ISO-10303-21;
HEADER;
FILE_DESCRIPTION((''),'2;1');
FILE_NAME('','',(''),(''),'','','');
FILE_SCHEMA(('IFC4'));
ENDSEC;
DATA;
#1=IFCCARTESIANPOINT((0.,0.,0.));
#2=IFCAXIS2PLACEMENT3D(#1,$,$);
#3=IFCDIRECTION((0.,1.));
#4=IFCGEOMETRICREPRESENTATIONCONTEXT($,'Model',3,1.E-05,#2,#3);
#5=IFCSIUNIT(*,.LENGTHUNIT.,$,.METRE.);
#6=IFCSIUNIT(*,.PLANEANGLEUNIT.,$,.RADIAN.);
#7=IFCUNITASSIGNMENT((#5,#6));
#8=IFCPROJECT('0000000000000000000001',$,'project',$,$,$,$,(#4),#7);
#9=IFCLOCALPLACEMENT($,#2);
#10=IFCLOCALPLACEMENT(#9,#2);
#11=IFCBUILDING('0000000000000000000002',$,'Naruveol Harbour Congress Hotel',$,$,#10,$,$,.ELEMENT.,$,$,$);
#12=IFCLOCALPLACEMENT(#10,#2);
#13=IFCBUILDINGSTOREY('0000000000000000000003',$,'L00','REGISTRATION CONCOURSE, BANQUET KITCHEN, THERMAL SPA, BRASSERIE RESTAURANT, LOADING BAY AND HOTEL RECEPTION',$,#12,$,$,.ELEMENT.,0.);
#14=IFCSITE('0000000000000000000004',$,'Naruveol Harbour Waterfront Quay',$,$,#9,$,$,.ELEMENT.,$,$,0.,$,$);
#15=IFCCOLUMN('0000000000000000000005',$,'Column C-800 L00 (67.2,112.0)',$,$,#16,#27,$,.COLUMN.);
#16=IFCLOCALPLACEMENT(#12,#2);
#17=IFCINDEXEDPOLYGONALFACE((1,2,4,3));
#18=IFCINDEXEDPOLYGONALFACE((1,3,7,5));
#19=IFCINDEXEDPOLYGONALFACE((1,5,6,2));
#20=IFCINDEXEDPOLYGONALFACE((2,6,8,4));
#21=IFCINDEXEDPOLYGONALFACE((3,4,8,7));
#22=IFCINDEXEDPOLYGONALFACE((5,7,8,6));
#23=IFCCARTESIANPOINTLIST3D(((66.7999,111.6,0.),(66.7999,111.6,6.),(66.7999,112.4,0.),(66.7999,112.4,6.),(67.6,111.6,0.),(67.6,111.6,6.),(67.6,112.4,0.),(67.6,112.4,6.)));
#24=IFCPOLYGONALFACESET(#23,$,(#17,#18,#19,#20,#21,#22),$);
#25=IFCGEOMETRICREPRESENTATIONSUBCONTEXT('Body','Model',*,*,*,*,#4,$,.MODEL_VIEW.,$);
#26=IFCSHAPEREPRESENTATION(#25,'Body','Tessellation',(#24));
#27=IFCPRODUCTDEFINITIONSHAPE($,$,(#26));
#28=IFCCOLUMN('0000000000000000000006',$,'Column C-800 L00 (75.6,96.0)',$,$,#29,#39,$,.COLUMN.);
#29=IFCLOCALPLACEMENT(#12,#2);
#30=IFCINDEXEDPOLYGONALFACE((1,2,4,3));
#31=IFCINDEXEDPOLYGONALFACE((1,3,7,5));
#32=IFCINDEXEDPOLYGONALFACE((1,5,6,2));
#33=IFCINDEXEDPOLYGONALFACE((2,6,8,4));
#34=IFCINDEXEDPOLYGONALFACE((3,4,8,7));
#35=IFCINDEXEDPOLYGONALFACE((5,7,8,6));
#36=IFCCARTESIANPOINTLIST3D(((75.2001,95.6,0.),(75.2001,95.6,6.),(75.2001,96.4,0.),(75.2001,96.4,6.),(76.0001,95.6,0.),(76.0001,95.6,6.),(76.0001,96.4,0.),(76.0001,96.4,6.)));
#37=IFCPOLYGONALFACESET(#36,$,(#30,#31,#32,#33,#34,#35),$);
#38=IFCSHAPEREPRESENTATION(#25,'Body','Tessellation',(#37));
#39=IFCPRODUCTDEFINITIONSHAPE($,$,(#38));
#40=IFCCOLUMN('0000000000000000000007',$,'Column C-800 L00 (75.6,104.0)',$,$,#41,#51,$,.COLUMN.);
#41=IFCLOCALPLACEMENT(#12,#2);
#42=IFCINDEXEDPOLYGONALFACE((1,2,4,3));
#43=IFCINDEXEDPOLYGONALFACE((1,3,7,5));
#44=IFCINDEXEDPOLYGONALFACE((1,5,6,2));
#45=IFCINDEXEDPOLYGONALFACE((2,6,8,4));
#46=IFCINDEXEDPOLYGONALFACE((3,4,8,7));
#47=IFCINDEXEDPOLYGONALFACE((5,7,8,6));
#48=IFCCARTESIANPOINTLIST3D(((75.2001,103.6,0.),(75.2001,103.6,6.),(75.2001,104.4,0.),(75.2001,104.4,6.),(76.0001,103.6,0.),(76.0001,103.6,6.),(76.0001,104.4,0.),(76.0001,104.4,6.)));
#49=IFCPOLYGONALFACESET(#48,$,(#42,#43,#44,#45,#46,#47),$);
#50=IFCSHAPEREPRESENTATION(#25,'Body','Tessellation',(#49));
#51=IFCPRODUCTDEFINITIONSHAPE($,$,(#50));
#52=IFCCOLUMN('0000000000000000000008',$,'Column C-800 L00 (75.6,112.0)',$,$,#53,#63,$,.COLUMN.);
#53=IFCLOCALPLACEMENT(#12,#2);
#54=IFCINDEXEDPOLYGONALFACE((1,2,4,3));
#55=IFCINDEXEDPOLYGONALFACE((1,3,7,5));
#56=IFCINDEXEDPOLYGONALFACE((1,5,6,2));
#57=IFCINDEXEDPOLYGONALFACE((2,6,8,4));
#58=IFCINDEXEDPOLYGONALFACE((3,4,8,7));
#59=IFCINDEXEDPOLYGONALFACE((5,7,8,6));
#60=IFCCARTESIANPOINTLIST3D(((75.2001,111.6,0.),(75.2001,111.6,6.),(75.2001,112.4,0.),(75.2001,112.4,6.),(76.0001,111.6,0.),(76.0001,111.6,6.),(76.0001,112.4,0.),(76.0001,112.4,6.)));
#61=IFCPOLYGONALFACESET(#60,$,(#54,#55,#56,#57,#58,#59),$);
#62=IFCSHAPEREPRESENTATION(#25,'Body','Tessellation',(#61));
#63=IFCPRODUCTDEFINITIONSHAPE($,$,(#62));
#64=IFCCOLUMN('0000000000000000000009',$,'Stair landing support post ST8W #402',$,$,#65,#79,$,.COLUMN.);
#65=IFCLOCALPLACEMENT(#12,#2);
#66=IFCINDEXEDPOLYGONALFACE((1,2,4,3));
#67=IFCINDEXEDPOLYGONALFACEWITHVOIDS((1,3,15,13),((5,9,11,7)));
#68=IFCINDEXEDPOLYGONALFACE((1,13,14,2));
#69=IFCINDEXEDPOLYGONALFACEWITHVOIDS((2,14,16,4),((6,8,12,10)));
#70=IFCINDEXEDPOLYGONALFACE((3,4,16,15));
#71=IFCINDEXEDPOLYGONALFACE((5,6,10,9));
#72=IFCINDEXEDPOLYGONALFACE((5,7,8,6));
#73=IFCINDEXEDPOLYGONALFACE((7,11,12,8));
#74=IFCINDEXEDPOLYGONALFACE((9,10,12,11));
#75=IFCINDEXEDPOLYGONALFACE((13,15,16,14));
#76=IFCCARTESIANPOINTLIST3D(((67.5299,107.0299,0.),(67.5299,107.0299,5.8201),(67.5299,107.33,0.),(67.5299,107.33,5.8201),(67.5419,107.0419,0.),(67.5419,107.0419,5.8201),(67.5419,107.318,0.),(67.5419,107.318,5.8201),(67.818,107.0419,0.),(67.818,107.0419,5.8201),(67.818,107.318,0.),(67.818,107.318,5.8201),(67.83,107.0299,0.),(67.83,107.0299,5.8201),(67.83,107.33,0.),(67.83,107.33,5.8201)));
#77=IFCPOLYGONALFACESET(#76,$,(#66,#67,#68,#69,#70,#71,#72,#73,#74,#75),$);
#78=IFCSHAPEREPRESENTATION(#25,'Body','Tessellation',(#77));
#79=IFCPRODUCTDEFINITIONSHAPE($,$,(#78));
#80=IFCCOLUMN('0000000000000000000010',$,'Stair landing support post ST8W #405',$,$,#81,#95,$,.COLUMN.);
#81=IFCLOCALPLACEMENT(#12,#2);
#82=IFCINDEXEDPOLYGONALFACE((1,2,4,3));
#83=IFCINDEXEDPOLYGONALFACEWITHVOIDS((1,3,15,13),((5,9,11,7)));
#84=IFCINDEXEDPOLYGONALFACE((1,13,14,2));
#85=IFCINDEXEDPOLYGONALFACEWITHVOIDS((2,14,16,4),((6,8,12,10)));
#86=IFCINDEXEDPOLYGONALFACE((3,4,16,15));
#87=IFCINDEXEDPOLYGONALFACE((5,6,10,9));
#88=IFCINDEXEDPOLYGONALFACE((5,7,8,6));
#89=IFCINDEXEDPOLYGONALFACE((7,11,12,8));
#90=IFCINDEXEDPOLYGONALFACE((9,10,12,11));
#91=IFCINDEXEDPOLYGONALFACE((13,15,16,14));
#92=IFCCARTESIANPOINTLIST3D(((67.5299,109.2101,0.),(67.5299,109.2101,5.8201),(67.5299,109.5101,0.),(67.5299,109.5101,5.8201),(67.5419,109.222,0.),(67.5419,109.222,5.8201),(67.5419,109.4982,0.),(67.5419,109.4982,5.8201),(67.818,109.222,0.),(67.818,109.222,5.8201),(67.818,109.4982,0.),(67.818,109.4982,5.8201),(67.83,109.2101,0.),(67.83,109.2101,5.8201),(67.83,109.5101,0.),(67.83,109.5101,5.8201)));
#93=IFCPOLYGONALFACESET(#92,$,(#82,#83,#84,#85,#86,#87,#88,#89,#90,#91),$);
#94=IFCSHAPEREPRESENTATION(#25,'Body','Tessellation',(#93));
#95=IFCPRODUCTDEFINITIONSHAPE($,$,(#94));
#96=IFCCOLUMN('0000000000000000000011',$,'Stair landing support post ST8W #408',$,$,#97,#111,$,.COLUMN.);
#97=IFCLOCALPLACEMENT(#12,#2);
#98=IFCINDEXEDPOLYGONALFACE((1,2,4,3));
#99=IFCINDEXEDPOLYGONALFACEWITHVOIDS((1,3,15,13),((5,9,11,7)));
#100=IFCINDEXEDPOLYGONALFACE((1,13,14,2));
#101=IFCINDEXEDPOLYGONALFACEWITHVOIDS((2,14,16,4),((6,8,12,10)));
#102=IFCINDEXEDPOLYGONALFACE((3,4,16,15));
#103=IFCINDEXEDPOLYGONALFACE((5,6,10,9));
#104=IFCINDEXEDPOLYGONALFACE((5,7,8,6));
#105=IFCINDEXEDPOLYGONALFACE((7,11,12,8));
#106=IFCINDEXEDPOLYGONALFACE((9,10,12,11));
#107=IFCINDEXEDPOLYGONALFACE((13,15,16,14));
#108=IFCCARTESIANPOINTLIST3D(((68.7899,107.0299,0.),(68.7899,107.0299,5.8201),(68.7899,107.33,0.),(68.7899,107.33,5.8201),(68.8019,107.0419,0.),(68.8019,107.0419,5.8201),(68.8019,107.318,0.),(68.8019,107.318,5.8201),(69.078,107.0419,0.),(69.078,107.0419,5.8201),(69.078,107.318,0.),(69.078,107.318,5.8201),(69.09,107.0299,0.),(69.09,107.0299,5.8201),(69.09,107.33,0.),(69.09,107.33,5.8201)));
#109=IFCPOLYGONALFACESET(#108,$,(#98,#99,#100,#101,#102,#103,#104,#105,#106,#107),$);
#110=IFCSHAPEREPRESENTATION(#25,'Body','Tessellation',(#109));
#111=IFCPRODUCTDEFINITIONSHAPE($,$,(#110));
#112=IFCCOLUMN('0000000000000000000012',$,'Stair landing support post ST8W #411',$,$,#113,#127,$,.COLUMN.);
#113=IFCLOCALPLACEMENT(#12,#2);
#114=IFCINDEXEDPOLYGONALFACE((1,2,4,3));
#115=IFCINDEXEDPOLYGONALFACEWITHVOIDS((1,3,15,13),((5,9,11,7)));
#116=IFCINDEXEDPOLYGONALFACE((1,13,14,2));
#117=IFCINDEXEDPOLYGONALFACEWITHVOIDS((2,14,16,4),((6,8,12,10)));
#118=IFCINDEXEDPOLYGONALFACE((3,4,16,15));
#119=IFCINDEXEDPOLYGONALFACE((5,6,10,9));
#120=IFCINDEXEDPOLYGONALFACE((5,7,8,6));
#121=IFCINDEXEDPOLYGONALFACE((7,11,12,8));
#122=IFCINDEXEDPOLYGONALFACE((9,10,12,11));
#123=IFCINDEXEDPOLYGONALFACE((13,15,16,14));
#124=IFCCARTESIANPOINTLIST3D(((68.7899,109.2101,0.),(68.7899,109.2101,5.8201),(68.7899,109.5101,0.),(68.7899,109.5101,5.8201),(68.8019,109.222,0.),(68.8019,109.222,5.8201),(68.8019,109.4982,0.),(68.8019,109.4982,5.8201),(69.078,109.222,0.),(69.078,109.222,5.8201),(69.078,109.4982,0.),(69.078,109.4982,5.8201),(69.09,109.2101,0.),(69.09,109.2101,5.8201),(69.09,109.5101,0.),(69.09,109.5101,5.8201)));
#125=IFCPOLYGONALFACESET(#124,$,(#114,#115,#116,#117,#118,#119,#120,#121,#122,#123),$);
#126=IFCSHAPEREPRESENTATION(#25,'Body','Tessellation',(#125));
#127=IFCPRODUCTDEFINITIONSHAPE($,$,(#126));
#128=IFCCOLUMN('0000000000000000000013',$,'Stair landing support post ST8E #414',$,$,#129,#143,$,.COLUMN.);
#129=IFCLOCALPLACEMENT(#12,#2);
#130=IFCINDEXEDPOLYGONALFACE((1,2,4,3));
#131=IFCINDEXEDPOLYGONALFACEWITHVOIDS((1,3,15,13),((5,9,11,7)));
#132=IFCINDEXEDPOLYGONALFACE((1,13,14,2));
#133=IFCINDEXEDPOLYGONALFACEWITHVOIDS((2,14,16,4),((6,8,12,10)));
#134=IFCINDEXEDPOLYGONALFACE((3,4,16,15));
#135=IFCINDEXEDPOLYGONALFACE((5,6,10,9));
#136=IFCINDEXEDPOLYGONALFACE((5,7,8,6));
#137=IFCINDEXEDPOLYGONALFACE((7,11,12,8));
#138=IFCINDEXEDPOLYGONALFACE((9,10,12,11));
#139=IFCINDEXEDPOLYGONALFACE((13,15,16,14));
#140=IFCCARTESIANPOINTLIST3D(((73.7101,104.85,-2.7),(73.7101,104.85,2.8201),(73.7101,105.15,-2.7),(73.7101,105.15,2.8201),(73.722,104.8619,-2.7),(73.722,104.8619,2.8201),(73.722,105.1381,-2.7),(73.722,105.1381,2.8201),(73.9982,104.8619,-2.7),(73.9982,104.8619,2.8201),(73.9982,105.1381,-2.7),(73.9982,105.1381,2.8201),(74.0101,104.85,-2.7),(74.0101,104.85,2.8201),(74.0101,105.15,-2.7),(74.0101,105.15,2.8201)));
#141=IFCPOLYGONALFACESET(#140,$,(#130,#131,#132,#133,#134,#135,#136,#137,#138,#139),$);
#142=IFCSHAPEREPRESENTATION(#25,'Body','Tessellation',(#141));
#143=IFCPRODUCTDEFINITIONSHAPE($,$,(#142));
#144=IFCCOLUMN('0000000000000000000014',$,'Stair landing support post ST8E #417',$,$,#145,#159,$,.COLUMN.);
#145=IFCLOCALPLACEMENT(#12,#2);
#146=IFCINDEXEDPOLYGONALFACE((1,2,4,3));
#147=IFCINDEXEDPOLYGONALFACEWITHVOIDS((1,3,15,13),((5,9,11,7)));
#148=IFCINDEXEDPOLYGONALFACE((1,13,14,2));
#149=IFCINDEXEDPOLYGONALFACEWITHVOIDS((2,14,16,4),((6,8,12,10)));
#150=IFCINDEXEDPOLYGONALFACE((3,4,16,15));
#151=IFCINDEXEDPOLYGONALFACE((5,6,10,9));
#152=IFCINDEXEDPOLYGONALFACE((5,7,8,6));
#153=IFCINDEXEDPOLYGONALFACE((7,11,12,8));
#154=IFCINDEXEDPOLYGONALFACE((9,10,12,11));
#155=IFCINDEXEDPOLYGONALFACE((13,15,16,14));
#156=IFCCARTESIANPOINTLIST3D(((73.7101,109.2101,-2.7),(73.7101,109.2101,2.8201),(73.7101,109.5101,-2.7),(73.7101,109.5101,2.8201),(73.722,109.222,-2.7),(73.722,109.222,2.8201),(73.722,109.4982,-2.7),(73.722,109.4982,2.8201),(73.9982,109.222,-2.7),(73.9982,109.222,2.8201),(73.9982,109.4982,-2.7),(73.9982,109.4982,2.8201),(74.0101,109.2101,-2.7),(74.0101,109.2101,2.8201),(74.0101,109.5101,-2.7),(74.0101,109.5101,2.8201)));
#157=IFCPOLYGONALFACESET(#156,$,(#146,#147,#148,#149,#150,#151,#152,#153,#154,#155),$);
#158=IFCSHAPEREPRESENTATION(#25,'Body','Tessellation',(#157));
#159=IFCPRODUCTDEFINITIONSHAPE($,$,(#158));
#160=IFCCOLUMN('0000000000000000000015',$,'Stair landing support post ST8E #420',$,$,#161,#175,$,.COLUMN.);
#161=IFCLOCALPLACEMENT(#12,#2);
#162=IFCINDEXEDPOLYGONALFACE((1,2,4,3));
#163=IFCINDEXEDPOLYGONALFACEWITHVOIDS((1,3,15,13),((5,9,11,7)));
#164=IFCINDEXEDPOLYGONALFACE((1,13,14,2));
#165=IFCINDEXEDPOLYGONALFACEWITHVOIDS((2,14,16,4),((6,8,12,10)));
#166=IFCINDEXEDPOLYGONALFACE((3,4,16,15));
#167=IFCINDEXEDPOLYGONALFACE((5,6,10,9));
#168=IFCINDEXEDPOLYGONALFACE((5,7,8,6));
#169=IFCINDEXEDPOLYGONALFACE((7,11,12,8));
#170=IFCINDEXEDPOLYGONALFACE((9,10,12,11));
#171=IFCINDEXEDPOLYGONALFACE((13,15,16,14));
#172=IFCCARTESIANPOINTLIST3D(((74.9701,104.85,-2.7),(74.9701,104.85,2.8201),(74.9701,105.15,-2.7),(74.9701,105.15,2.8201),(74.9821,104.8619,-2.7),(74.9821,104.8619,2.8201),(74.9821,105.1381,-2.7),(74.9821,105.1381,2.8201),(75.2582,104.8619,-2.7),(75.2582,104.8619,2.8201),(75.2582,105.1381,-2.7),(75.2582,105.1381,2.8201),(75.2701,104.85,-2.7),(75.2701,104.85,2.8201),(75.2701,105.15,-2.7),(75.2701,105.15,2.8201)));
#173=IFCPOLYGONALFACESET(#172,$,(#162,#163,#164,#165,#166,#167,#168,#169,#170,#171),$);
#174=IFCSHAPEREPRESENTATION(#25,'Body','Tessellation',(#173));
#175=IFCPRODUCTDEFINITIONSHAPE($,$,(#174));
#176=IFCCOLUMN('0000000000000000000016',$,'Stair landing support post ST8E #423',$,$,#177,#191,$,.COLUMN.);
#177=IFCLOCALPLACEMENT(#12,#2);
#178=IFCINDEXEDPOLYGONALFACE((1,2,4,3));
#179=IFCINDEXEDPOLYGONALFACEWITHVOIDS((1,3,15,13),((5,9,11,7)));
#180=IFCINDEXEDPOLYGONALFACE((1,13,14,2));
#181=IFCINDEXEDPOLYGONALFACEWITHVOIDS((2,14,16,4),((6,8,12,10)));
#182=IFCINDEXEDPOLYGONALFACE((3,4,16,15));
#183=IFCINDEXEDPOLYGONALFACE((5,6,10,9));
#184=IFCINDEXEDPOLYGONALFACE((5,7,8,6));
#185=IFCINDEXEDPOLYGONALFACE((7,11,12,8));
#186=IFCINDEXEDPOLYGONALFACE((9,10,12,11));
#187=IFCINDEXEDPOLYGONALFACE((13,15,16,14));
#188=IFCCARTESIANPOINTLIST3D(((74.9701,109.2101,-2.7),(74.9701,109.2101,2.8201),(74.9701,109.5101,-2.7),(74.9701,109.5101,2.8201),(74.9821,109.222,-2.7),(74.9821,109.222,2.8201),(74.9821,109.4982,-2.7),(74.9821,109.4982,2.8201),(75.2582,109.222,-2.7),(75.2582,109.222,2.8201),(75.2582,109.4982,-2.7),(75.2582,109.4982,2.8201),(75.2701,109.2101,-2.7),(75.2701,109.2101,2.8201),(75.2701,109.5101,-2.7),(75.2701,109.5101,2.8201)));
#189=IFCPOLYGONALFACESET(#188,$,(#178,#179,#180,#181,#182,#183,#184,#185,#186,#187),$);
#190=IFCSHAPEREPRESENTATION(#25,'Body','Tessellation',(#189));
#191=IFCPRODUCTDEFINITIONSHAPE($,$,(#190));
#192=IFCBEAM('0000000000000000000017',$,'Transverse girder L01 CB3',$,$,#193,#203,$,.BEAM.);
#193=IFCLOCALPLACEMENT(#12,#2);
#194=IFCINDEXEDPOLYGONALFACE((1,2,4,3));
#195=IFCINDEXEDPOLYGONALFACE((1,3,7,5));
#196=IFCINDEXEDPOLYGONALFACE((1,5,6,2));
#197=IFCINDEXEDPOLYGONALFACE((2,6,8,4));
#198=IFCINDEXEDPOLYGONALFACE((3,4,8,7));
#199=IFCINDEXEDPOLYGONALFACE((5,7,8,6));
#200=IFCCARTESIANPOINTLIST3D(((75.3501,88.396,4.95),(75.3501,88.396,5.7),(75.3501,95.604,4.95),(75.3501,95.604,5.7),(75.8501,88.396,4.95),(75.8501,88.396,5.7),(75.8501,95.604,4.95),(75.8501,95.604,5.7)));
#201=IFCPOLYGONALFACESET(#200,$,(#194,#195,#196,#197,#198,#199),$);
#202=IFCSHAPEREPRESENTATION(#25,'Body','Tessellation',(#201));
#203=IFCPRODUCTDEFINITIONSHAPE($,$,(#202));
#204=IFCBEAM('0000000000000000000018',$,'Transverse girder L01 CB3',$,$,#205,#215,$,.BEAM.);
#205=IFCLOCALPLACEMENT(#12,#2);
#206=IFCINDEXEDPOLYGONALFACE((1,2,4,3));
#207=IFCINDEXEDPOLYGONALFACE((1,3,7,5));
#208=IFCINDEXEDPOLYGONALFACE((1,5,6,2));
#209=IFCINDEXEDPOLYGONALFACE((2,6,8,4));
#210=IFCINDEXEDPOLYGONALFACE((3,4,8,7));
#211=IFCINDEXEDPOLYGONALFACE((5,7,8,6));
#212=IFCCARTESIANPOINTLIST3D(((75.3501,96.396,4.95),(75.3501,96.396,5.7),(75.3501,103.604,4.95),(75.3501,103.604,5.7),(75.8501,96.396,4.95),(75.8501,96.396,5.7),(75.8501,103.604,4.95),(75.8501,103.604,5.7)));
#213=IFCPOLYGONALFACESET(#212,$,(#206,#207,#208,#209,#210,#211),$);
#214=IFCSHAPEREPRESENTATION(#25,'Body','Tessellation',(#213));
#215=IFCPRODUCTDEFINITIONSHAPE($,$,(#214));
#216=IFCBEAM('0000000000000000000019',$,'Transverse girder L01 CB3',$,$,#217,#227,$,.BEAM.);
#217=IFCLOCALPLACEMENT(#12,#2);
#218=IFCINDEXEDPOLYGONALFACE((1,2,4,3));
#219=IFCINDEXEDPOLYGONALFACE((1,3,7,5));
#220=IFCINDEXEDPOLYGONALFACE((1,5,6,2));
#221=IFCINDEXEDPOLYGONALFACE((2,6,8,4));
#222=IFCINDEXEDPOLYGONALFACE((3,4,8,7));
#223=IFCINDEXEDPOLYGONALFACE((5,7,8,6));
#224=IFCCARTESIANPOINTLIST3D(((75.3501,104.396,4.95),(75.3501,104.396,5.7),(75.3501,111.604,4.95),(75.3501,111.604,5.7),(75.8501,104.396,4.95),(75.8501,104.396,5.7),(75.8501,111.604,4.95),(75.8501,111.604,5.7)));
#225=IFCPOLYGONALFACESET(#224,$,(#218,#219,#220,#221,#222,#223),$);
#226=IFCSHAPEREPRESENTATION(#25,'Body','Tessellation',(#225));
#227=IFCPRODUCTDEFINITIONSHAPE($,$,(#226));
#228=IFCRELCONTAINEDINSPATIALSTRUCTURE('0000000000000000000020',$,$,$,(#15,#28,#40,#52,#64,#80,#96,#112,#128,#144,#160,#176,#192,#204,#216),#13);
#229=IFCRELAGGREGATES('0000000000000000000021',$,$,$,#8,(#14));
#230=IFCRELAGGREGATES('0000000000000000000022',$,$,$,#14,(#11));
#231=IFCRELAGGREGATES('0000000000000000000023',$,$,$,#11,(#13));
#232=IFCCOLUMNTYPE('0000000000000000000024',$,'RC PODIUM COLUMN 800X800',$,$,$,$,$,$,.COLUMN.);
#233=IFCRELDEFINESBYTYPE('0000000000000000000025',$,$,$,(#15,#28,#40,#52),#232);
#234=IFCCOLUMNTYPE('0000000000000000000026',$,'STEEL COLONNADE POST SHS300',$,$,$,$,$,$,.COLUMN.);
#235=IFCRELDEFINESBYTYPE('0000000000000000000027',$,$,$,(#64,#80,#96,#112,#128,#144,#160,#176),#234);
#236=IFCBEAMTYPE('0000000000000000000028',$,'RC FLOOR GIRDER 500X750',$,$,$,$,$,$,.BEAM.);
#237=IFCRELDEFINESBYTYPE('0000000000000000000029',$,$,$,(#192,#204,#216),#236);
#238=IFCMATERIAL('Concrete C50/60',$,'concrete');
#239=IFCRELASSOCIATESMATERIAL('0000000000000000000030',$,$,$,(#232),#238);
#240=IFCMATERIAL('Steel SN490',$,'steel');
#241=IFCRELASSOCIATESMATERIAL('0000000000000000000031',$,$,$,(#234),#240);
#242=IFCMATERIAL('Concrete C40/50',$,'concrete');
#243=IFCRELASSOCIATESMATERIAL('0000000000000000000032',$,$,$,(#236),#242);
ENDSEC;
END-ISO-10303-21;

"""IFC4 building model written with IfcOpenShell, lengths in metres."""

from ifc_helpers import new_model, si_unit, direction, frame, origin, origin_2d, place, context, subcontext, project, spatial, rectangle, hollow_rectangle, extrude, material, material_profile, profile_set, type_object, element, save


model = new_model("IFC4")

# Units and contexts
model_context = context("Model", 3, precision=1e-05, world=origin(), true_north=direction((0.0, 1.0)))
body_context = subcontext(model_context, "Body", "Model", "MODEL_VIEW")
ifc_project = project(units=[si_unit("LENGTHUNIT", "METRE"), si_unit("PLANEANGLEUNIT", "RADIAN")], contexts=[model_context])

# Site, building, storey
site_placement = place(None, origin())
site = spatial("IfcSite", under=ifc_project, at=site_placement, Name="Naruveol Harbour Waterfront Quay", CompositionType="ELEMENT", RefElevation=0.0)
building_placement = place(site_placement, origin())
building = spatial("IfcBuilding", under=site, at=building_placement, Name="Naruveol Harbour Congress Hotel", CompositionType="ELEMENT")
storey_placement = place(building_placement, origin())
storey = spatial("IfcBuildingStorey", under=building, at=storey_placement, Name="L00", Description="REGISTRATION CONCOURSE, BANQUET KITCHEN, THERMAL SPA, BRASSERIE RESTAURANT, LOADING BAY AND HOTEL RECEPTION", CompositionType="ELEMENT", Elevation=0.0)

# Columns
ifc_material_1 = material(Name="Concrete C50/60", Category="concrete")
ifc_material_profile_1 = material_profile(ifc_material_1, rectangle(XDim=0.8, YDim=0.8, at=origin_2d()), Name="RC-800x800")
ifc_profile_set_1 = profile_set([ifc_material_profile_1], Name="Concrete C50/60")
column_type_1 = type_object("IfcColumnType", Name="RC PODIUM COLUMN 800X800", PredefinedType="COLUMN", material=ifc_profile_set_1)
for number, where, z_axis, x_axis, name in (
    (1, (67.2, 112.0, 0.0), (0.0, 0.0, 1.0), (1.0, 0.0, 0.0), "Column C-800 L00 (67.2,112.0)"),
    (2, (75.6001, 96.0, 0.0), (0.0, 0.0, 1.0), (1.0, 0.0, 0.0), "Column C-800 L00 (75.6,96.0)"),
    (3, (75.6001, 104.0, 0.0), (0.0, 0.0, 1.0), (1.0, 0.0, 0.0), "Column C-800 L00 (75.6,104.0)"),
    (4, (75.6001, 112.0, 0.0), (0.0, 0.0, 1.0), (1.0, 0.0, 0.0), "Column C-800 L00 (75.6,112.0)"),
):
    element("IfcColumn", number, at=place(storey_placement, frame(where, z_axis=z_axis, x_axis=x_axis)), inside=storey, type_object=column_type_1, Name=name, PredefinedType="COLUMN", context=body_context, shape_type="SweptSolid", body=[
        extrude(rectangle(XDim=0.8, YDim=0.8, at=origin_2d()), origin(), (0.0, 0.0, 1.0), 6.0),
    ])
ifc_material_2 = material(Name="Steel SN490", Category="steel")
ifc_material_profile_2 = material_profile(ifc_material_2, hollow_rectangle(XDim=0.3, YDim=0.3, WallThickness=0.012, at=origin_2d()), Name="SHS-300x300x12")
ifc_profile_set_2 = profile_set([ifc_material_profile_2], Name="Steel SN490")
column_type_2 = type_object("IfcColumnType", Name="STEEL COLONNADE POST SHS300", PredefinedType="COLUMN", material=ifc_profile_set_2)
for number, where, z_axis, x_axis, name in (
    (5, (67.6799, 107.1799, 0.0), (0.0, 0.0, 1.0), (1.0, 0.0, 0.0), "Stair landing support post ST8W #402"),
    (6, (67.6799, 109.3601, 0.0), (0.0, 0.0, 1.0), (1.0, 0.0, 0.0), "Stair landing support post ST8W #405"),
    (7, (68.9399, 107.1799, 0.0), (0.0, 0.0, 1.0), (1.0, 0.0, 0.0), "Stair landing support post ST8W #408"),
    (8, (68.9399, 109.3601, 0.0), (0.0, 0.0, 1.0), (1.0, 0.0, 0.0), "Stair landing support post ST8W #411"),
):
    element("IfcColumn", number, at=place(storey_placement, frame(where, z_axis=z_axis, x_axis=x_axis)), inside=storey, type_object=column_type_2, Name=name, PredefinedType="COLUMN", context=body_context, shape_type="SweptSolid", body=[
        extrude(hollow_rectangle(XDim=0.3, YDim=0.3, WallThickness=0.012, at=origin_2d()), origin(), (0.0, 0.0, 1.0), 5.8201),
    ])
for number, where, z_axis, x_axis, name in (
    (9, (73.8601, 105.0, -2.7), (0.0, 0.0, 1.0), (1.0, 0.0, 0.0), "Stair landing support post ST8E #414"),
    (10, (73.8601, 109.3601, -2.7), (0.0, 0.0, 1.0), (1.0, 0.0, 0.0), "Stair landing support post ST8E #417"),
    (11, (75.1201, 105.0, -2.7), (0.0, 0.0, 1.0), (1.0, 0.0, 0.0), "Stair landing support post ST8E #420"),
    (12, (75.1201, 109.3601, -2.7), (0.0, 0.0, 1.0), (1.0, 0.0, 0.0), "Stair landing support post ST8E #423"),
):
    element("IfcColumn", number, at=place(storey_placement, frame(where, z_axis=z_axis, x_axis=x_axis)), inside=storey, type_object=column_type_2, Name=name, PredefinedType="COLUMN", context=body_context, shape_type="SweptSolid", body=[
        extrude(hollow_rectangle(XDim=0.3, YDim=0.3, WallThickness=0.012, at=origin_2d()), origin(), (0.0, 0.0, 1.0), 5.52),
    ])

# Beams
ifc_material_3 = material(Name="Concrete C40/50", Category="concrete")
ifc_material_profile_3 = material_profile(ifc_material_3, rectangle(XDim=0.5, YDim=0.75, at=origin_2d()), Name="RCB-500x750")
ifc_profile_set_3 = profile_set([ifc_material_profile_3], Name="Concrete C40/50")
beam_type_1 = type_object("IfcBeamType", Name="RC FLOOR GIRDER 500X750", PredefinedType="BEAM", material=ifc_profile_set_3)
for number, where, z_axis, x_axis, name in (
    (13, (75.6001, 88.396, 5.325), (0.0, 1.0, 0.0), (-1.0, 0.0, 0.0), "Transverse girder L01 CB3"),
    (14, (75.6001, 96.396, 5.325), (0.0, 1.0, 0.0), (-1.0, 0.0, 0.0), "Transverse girder L01 CB3"),
    (15, (75.6001, 104.396, 5.325), (0.0, 1.0, 0.0), (-1.0, 0.0, 0.0), "Transverse girder L01 CB3"),
):
    element("IfcBeam", number, at=place(storey_placement, frame(where, z_axis=z_axis, x_axis=x_axis)), inside=storey, type_object=beam_type_1, Name=name, PredefinedType="BEAM", context=body_context, shape_type="SweptSolid", body=[
        extrude(rectangle(XDim=0.5, YDim=0.75, at=origin_2d()), origin(), (0.0, 0.0, 1.0), 7.208),
    ])

save(model, "model.ifc")
